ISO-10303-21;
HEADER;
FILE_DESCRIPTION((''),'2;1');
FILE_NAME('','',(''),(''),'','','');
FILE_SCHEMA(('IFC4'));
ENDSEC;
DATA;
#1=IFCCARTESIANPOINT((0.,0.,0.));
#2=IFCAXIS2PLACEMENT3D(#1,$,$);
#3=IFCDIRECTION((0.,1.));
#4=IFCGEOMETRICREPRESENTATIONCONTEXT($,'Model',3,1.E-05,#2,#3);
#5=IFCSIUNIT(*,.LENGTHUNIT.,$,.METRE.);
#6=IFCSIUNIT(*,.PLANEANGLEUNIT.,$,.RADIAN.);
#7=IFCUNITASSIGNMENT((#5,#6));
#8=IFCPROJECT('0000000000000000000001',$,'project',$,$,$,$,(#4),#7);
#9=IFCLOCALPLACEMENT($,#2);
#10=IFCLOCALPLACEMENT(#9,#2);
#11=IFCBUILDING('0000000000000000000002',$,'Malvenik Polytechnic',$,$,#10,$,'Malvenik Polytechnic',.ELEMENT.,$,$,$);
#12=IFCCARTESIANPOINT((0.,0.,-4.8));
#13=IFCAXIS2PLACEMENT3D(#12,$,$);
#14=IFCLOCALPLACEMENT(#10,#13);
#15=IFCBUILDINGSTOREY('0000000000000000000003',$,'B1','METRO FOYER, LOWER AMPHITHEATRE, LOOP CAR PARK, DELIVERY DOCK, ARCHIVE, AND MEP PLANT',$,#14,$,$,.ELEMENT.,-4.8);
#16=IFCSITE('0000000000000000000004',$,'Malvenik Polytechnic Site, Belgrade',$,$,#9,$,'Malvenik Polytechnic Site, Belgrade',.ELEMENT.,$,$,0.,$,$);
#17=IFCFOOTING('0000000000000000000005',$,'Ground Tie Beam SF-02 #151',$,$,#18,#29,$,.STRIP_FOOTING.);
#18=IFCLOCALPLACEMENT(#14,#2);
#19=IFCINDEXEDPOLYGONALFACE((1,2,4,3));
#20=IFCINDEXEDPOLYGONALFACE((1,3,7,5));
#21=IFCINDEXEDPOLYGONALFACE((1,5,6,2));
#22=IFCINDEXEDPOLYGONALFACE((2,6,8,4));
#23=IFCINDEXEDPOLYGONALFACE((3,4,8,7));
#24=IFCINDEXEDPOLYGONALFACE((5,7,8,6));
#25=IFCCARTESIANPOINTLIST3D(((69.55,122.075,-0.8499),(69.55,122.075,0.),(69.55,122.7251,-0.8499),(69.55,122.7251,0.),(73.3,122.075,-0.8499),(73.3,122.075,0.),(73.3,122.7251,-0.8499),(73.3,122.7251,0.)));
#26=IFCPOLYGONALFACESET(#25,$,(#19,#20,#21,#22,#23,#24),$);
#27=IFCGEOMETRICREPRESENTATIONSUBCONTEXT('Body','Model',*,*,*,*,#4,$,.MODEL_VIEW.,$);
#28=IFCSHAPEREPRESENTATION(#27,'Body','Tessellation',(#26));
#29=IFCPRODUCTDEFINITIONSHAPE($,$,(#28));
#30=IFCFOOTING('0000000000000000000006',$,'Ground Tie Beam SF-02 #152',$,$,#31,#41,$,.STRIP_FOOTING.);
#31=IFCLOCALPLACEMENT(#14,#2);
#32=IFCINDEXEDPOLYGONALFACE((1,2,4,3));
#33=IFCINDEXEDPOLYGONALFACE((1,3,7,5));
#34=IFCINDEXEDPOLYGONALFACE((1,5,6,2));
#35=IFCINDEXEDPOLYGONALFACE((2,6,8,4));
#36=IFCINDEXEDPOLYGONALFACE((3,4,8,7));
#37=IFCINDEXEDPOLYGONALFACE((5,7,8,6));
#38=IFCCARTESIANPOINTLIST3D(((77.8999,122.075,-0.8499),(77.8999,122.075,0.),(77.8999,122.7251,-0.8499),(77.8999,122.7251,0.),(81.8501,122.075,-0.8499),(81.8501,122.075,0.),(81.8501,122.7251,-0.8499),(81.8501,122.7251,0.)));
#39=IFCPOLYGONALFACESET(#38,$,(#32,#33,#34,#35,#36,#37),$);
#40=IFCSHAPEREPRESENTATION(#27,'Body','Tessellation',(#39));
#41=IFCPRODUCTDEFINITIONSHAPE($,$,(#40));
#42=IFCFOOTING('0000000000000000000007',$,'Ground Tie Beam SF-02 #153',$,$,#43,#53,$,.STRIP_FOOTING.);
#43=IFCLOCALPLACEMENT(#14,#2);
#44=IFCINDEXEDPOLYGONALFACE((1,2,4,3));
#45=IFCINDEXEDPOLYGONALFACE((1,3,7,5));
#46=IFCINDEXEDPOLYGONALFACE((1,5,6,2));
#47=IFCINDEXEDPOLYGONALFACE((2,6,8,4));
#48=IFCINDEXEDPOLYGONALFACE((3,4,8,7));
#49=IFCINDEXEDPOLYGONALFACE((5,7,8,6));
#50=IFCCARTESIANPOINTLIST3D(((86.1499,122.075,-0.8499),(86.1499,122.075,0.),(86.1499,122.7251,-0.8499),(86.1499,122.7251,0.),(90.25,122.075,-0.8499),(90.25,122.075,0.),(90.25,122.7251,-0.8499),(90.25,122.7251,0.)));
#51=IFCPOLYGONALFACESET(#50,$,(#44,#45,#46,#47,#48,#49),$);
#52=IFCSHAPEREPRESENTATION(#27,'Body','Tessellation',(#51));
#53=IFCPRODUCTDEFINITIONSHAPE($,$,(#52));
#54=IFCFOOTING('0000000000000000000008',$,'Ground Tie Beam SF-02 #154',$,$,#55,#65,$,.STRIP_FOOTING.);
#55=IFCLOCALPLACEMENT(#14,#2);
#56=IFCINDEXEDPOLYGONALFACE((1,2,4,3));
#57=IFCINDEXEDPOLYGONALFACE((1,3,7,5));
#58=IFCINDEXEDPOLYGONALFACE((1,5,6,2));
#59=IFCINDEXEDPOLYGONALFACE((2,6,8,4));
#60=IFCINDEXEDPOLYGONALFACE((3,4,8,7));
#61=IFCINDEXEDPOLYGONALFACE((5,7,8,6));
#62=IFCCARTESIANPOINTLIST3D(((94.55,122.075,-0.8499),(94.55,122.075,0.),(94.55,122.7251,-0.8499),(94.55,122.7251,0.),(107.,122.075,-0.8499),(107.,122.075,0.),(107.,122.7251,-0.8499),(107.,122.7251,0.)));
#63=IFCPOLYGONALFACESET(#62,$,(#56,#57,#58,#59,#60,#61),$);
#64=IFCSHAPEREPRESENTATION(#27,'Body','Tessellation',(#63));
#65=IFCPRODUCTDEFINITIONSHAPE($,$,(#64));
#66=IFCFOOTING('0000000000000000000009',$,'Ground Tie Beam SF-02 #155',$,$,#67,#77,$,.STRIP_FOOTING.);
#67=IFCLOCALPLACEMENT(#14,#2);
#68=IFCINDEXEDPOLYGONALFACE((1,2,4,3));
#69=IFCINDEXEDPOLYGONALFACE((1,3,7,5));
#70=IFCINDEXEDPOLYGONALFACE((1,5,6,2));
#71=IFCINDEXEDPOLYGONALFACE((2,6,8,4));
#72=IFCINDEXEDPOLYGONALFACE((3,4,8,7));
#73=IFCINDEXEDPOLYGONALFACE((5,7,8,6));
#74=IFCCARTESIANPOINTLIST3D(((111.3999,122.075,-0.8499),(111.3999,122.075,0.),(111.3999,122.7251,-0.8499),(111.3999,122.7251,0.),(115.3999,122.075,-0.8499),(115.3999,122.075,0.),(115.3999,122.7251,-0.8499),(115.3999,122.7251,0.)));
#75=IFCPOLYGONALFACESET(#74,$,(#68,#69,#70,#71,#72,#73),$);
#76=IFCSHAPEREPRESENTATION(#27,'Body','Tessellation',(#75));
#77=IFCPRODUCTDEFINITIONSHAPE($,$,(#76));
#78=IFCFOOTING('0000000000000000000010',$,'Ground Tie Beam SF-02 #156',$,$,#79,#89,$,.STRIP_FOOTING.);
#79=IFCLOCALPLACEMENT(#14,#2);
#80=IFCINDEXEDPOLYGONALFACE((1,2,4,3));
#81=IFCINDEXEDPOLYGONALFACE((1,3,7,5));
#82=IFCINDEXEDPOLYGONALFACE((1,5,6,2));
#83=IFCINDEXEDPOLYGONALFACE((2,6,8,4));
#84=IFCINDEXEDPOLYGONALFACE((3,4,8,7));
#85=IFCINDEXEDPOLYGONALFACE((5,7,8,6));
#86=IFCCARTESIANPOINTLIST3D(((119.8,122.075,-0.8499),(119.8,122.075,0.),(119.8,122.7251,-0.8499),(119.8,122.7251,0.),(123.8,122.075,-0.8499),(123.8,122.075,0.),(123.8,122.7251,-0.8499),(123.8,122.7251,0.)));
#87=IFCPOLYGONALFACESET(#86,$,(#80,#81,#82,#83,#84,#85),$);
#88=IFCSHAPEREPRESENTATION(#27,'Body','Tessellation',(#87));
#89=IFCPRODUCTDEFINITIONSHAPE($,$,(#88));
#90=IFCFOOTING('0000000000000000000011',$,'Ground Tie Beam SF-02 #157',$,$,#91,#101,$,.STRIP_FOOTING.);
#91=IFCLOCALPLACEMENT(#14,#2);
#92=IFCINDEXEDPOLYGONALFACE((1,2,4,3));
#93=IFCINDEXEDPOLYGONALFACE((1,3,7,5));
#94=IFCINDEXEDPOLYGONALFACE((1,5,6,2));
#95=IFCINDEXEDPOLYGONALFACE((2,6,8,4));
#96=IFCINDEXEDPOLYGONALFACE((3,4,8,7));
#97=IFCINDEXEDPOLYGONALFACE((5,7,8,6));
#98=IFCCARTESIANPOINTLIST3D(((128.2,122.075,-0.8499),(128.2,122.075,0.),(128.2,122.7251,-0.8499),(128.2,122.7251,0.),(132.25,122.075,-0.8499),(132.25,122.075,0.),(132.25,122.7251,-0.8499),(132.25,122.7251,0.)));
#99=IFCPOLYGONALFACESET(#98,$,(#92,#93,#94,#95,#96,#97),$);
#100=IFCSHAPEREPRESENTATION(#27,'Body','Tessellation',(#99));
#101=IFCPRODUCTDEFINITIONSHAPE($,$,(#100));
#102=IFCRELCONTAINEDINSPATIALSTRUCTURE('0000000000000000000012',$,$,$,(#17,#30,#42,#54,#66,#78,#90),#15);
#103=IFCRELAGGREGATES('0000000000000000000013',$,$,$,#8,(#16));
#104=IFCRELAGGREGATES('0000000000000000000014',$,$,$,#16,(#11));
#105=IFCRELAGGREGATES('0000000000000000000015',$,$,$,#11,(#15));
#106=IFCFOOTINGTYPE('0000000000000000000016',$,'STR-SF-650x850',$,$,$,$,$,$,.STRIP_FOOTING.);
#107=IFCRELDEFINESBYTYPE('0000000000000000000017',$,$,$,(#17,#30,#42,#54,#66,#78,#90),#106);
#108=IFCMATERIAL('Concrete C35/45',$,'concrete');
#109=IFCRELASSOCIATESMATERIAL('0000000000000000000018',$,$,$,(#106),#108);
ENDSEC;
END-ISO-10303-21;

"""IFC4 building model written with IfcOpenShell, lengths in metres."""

from ifc_helpers import new_model, si_unit, direction, frame, origin, place, context, subcontext, project, spatial, polyline, outline, extrude, material, type_object, element, save


model = new_model("IFC4")

# Units and contexts
model_context = context("Model", 3, precision=1e-05, world=origin(), true_north=direction((0.0, 1.0)))
body_context = subcontext(model_context, "Body", "Model", "MODEL_VIEW")
ifc_project = project(units=[si_unit("LENGTHUNIT", "METRE"), si_unit("PLANEANGLEUNIT", "RADIAN")], contexts=[model_context])

# Site, building, storey
site_placement = place(None, origin())
site = spatial("IfcSite", under=ifc_project, at=site_placement, Name="Malvenik Polytechnic Site, Belgrade", LongName="Malvenik Polytechnic Site, Belgrade", CompositionType="ELEMENT", RefElevation=0.0)
building_placement = place(site_placement, origin())
building = spatial("IfcBuilding", under=site, at=building_placement, Name="Malvenik Polytechnic", LongName="Malvenik Polytechnic", CompositionType="ELEMENT")
storey_placement = place(building_placement, frame((0.0, 0.0, -4.8)))
storey = spatial("IfcBuildingStorey", under=building, at=storey_placement, Name="B1", Description="METRO FOYER, LOWER AMPHITHEATRE, LOOP CAR PARK, DELIVERY DOCK, ARCHIVE, AND MEP PLANT", CompositionType="ELEMENT", Elevation=-4.8)

# Footings
ifc_material = material(Name="Concrete C35/45", Category="concrete")
footing_type_1 = type_object("IfcFootingType", Name="STR-SF-650x850", PredefinedType="STRIP_FOOTING", material=ifc_material)
footing_1_placement = place(storey_placement, frame((0.0, 0.0, -0.8499)))
element("IfcFooting", 1, at=footing_1_placement, inside=storey, type_object=footing_type_1, Name="Ground Tie Beam SF-02 #151", PredefinedType="STRIP_FOOTING", context=body_context, shape_type="SweptSolid", body=[
    extrude(outline(polyline([(69.55, 122.075), (73.3, 122.075), (73.3, 122.7251), (69.55, 122.7251), (69.55, 122.075)])), origin(), (0.0, 0.0, 1.0), 0.8499),
])
footing_2_placement = place(storey_placement, frame((0.0, 0.0, -0.8499)))
element("IfcFooting", 2, at=footing_2_placement, inside=storey, type_object=footing_type_1, Name="Ground Tie Beam SF-02 #152", PredefinedType="STRIP_FOOTING", context=body_context, shape_type="SweptSolid", body=[
    extrude(outline(polyline([(77.8999, 122.075), (81.8501, 122.075), (81.8501, 122.7251), (77.8999, 122.7251), (77.8999, 122.075)])), origin(), (0.0, 0.0, 1.0), 0.8499),
])
footing_3_placement = place(storey_placement, frame((0.0, 0.0, -0.8499)))
element("IfcFooting", 3, at=footing_3_placement, inside=storey, type_object=footing_type_1, Name="Ground Tie Beam SF-02 #153", PredefinedType="STRIP_FOOTING", context=body_context, shape_type="SweptSolid", body=[
    extrude(outline(polyline([(86.1499, 122.075), (90.25, 122.075), (90.25, 122.7251), (86.1499, 122.7251), (86.1499, 122.075)])), origin(), (0.0, 0.0, 1.0), 0.8499),
])
footing_4_placement = place(storey_placement, frame((0.0, 0.0, -0.8499)))
element("IfcFooting", 4, at=footing_4_placement, inside=storey, type_object=footing_type_1, Name="Ground Tie Beam SF-02 #154", PredefinedType="STRIP_FOOTING", context=body_context, shape_type="SweptSolid", body=[
    extrude(outline(polyline([(94.55, 122.075), (107.0, 122.075), (107.0, 122.7251), (94.55, 122.7251), (94.55, 122.075)])), origin(), (0.0, 0.0, 1.0), 0.8499),
])
footing_5_placement = place(storey_placement, frame((0.0, 0.0, -0.8499)))
element("IfcFooting", 5, at=footing_5_placement, inside=storey, type_object=footing_type_1, Name="Ground Tie Beam SF-02 #155", PredefinedType="STRIP_FOOTING", context=body_context, shape_type="SweptSolid", body=[
    extrude(outline(polyline([(111.3999, 122.075), (115.3999, 122.075), (115.3999, 122.7251), (111.3999, 122.7251), (111.3999, 122.075)])), origin(), (0.0, 0.0, 1.0), 0.8499),
])
footing_6_placement = place(storey_placement, frame((0.0, 0.0, -0.8499)))
element("IfcFooting", 6, at=footing_6_placement, inside=storey, type_object=footing_type_1, Name="Ground Tie Beam SF-02 #156", PredefinedType="STRIP_FOOTING", context=body_context, shape_type="SweptSolid", body=[
    extrude(outline(polyline([(119.8, 122.075), (123.8, 122.075), (123.8, 122.7251), (119.8, 122.7251), (119.8, 122.075)])), origin(), (0.0, 0.0, 1.0), 0.8499),
])
footing_7_placement = place(storey_placement, frame((0.0, 0.0, -0.8499)))
element("IfcFooting", 7, at=footing_7_placement, inside=storey, type_object=footing_type_1, Name="Ground Tie Beam SF-02 #157", PredefinedType="STRIP_FOOTING", context=body_context, shape_type="SweptSolid", body=[
    extrude(outline(polyline([(128.2, 122.075), (132.25, 122.075), (132.25, 122.7251), (128.2, 122.7251), (128.2, 122.075)])), origin(), (0.0, 0.0, 1.0), 0.8499),
])

save(model, "model.ifc")
